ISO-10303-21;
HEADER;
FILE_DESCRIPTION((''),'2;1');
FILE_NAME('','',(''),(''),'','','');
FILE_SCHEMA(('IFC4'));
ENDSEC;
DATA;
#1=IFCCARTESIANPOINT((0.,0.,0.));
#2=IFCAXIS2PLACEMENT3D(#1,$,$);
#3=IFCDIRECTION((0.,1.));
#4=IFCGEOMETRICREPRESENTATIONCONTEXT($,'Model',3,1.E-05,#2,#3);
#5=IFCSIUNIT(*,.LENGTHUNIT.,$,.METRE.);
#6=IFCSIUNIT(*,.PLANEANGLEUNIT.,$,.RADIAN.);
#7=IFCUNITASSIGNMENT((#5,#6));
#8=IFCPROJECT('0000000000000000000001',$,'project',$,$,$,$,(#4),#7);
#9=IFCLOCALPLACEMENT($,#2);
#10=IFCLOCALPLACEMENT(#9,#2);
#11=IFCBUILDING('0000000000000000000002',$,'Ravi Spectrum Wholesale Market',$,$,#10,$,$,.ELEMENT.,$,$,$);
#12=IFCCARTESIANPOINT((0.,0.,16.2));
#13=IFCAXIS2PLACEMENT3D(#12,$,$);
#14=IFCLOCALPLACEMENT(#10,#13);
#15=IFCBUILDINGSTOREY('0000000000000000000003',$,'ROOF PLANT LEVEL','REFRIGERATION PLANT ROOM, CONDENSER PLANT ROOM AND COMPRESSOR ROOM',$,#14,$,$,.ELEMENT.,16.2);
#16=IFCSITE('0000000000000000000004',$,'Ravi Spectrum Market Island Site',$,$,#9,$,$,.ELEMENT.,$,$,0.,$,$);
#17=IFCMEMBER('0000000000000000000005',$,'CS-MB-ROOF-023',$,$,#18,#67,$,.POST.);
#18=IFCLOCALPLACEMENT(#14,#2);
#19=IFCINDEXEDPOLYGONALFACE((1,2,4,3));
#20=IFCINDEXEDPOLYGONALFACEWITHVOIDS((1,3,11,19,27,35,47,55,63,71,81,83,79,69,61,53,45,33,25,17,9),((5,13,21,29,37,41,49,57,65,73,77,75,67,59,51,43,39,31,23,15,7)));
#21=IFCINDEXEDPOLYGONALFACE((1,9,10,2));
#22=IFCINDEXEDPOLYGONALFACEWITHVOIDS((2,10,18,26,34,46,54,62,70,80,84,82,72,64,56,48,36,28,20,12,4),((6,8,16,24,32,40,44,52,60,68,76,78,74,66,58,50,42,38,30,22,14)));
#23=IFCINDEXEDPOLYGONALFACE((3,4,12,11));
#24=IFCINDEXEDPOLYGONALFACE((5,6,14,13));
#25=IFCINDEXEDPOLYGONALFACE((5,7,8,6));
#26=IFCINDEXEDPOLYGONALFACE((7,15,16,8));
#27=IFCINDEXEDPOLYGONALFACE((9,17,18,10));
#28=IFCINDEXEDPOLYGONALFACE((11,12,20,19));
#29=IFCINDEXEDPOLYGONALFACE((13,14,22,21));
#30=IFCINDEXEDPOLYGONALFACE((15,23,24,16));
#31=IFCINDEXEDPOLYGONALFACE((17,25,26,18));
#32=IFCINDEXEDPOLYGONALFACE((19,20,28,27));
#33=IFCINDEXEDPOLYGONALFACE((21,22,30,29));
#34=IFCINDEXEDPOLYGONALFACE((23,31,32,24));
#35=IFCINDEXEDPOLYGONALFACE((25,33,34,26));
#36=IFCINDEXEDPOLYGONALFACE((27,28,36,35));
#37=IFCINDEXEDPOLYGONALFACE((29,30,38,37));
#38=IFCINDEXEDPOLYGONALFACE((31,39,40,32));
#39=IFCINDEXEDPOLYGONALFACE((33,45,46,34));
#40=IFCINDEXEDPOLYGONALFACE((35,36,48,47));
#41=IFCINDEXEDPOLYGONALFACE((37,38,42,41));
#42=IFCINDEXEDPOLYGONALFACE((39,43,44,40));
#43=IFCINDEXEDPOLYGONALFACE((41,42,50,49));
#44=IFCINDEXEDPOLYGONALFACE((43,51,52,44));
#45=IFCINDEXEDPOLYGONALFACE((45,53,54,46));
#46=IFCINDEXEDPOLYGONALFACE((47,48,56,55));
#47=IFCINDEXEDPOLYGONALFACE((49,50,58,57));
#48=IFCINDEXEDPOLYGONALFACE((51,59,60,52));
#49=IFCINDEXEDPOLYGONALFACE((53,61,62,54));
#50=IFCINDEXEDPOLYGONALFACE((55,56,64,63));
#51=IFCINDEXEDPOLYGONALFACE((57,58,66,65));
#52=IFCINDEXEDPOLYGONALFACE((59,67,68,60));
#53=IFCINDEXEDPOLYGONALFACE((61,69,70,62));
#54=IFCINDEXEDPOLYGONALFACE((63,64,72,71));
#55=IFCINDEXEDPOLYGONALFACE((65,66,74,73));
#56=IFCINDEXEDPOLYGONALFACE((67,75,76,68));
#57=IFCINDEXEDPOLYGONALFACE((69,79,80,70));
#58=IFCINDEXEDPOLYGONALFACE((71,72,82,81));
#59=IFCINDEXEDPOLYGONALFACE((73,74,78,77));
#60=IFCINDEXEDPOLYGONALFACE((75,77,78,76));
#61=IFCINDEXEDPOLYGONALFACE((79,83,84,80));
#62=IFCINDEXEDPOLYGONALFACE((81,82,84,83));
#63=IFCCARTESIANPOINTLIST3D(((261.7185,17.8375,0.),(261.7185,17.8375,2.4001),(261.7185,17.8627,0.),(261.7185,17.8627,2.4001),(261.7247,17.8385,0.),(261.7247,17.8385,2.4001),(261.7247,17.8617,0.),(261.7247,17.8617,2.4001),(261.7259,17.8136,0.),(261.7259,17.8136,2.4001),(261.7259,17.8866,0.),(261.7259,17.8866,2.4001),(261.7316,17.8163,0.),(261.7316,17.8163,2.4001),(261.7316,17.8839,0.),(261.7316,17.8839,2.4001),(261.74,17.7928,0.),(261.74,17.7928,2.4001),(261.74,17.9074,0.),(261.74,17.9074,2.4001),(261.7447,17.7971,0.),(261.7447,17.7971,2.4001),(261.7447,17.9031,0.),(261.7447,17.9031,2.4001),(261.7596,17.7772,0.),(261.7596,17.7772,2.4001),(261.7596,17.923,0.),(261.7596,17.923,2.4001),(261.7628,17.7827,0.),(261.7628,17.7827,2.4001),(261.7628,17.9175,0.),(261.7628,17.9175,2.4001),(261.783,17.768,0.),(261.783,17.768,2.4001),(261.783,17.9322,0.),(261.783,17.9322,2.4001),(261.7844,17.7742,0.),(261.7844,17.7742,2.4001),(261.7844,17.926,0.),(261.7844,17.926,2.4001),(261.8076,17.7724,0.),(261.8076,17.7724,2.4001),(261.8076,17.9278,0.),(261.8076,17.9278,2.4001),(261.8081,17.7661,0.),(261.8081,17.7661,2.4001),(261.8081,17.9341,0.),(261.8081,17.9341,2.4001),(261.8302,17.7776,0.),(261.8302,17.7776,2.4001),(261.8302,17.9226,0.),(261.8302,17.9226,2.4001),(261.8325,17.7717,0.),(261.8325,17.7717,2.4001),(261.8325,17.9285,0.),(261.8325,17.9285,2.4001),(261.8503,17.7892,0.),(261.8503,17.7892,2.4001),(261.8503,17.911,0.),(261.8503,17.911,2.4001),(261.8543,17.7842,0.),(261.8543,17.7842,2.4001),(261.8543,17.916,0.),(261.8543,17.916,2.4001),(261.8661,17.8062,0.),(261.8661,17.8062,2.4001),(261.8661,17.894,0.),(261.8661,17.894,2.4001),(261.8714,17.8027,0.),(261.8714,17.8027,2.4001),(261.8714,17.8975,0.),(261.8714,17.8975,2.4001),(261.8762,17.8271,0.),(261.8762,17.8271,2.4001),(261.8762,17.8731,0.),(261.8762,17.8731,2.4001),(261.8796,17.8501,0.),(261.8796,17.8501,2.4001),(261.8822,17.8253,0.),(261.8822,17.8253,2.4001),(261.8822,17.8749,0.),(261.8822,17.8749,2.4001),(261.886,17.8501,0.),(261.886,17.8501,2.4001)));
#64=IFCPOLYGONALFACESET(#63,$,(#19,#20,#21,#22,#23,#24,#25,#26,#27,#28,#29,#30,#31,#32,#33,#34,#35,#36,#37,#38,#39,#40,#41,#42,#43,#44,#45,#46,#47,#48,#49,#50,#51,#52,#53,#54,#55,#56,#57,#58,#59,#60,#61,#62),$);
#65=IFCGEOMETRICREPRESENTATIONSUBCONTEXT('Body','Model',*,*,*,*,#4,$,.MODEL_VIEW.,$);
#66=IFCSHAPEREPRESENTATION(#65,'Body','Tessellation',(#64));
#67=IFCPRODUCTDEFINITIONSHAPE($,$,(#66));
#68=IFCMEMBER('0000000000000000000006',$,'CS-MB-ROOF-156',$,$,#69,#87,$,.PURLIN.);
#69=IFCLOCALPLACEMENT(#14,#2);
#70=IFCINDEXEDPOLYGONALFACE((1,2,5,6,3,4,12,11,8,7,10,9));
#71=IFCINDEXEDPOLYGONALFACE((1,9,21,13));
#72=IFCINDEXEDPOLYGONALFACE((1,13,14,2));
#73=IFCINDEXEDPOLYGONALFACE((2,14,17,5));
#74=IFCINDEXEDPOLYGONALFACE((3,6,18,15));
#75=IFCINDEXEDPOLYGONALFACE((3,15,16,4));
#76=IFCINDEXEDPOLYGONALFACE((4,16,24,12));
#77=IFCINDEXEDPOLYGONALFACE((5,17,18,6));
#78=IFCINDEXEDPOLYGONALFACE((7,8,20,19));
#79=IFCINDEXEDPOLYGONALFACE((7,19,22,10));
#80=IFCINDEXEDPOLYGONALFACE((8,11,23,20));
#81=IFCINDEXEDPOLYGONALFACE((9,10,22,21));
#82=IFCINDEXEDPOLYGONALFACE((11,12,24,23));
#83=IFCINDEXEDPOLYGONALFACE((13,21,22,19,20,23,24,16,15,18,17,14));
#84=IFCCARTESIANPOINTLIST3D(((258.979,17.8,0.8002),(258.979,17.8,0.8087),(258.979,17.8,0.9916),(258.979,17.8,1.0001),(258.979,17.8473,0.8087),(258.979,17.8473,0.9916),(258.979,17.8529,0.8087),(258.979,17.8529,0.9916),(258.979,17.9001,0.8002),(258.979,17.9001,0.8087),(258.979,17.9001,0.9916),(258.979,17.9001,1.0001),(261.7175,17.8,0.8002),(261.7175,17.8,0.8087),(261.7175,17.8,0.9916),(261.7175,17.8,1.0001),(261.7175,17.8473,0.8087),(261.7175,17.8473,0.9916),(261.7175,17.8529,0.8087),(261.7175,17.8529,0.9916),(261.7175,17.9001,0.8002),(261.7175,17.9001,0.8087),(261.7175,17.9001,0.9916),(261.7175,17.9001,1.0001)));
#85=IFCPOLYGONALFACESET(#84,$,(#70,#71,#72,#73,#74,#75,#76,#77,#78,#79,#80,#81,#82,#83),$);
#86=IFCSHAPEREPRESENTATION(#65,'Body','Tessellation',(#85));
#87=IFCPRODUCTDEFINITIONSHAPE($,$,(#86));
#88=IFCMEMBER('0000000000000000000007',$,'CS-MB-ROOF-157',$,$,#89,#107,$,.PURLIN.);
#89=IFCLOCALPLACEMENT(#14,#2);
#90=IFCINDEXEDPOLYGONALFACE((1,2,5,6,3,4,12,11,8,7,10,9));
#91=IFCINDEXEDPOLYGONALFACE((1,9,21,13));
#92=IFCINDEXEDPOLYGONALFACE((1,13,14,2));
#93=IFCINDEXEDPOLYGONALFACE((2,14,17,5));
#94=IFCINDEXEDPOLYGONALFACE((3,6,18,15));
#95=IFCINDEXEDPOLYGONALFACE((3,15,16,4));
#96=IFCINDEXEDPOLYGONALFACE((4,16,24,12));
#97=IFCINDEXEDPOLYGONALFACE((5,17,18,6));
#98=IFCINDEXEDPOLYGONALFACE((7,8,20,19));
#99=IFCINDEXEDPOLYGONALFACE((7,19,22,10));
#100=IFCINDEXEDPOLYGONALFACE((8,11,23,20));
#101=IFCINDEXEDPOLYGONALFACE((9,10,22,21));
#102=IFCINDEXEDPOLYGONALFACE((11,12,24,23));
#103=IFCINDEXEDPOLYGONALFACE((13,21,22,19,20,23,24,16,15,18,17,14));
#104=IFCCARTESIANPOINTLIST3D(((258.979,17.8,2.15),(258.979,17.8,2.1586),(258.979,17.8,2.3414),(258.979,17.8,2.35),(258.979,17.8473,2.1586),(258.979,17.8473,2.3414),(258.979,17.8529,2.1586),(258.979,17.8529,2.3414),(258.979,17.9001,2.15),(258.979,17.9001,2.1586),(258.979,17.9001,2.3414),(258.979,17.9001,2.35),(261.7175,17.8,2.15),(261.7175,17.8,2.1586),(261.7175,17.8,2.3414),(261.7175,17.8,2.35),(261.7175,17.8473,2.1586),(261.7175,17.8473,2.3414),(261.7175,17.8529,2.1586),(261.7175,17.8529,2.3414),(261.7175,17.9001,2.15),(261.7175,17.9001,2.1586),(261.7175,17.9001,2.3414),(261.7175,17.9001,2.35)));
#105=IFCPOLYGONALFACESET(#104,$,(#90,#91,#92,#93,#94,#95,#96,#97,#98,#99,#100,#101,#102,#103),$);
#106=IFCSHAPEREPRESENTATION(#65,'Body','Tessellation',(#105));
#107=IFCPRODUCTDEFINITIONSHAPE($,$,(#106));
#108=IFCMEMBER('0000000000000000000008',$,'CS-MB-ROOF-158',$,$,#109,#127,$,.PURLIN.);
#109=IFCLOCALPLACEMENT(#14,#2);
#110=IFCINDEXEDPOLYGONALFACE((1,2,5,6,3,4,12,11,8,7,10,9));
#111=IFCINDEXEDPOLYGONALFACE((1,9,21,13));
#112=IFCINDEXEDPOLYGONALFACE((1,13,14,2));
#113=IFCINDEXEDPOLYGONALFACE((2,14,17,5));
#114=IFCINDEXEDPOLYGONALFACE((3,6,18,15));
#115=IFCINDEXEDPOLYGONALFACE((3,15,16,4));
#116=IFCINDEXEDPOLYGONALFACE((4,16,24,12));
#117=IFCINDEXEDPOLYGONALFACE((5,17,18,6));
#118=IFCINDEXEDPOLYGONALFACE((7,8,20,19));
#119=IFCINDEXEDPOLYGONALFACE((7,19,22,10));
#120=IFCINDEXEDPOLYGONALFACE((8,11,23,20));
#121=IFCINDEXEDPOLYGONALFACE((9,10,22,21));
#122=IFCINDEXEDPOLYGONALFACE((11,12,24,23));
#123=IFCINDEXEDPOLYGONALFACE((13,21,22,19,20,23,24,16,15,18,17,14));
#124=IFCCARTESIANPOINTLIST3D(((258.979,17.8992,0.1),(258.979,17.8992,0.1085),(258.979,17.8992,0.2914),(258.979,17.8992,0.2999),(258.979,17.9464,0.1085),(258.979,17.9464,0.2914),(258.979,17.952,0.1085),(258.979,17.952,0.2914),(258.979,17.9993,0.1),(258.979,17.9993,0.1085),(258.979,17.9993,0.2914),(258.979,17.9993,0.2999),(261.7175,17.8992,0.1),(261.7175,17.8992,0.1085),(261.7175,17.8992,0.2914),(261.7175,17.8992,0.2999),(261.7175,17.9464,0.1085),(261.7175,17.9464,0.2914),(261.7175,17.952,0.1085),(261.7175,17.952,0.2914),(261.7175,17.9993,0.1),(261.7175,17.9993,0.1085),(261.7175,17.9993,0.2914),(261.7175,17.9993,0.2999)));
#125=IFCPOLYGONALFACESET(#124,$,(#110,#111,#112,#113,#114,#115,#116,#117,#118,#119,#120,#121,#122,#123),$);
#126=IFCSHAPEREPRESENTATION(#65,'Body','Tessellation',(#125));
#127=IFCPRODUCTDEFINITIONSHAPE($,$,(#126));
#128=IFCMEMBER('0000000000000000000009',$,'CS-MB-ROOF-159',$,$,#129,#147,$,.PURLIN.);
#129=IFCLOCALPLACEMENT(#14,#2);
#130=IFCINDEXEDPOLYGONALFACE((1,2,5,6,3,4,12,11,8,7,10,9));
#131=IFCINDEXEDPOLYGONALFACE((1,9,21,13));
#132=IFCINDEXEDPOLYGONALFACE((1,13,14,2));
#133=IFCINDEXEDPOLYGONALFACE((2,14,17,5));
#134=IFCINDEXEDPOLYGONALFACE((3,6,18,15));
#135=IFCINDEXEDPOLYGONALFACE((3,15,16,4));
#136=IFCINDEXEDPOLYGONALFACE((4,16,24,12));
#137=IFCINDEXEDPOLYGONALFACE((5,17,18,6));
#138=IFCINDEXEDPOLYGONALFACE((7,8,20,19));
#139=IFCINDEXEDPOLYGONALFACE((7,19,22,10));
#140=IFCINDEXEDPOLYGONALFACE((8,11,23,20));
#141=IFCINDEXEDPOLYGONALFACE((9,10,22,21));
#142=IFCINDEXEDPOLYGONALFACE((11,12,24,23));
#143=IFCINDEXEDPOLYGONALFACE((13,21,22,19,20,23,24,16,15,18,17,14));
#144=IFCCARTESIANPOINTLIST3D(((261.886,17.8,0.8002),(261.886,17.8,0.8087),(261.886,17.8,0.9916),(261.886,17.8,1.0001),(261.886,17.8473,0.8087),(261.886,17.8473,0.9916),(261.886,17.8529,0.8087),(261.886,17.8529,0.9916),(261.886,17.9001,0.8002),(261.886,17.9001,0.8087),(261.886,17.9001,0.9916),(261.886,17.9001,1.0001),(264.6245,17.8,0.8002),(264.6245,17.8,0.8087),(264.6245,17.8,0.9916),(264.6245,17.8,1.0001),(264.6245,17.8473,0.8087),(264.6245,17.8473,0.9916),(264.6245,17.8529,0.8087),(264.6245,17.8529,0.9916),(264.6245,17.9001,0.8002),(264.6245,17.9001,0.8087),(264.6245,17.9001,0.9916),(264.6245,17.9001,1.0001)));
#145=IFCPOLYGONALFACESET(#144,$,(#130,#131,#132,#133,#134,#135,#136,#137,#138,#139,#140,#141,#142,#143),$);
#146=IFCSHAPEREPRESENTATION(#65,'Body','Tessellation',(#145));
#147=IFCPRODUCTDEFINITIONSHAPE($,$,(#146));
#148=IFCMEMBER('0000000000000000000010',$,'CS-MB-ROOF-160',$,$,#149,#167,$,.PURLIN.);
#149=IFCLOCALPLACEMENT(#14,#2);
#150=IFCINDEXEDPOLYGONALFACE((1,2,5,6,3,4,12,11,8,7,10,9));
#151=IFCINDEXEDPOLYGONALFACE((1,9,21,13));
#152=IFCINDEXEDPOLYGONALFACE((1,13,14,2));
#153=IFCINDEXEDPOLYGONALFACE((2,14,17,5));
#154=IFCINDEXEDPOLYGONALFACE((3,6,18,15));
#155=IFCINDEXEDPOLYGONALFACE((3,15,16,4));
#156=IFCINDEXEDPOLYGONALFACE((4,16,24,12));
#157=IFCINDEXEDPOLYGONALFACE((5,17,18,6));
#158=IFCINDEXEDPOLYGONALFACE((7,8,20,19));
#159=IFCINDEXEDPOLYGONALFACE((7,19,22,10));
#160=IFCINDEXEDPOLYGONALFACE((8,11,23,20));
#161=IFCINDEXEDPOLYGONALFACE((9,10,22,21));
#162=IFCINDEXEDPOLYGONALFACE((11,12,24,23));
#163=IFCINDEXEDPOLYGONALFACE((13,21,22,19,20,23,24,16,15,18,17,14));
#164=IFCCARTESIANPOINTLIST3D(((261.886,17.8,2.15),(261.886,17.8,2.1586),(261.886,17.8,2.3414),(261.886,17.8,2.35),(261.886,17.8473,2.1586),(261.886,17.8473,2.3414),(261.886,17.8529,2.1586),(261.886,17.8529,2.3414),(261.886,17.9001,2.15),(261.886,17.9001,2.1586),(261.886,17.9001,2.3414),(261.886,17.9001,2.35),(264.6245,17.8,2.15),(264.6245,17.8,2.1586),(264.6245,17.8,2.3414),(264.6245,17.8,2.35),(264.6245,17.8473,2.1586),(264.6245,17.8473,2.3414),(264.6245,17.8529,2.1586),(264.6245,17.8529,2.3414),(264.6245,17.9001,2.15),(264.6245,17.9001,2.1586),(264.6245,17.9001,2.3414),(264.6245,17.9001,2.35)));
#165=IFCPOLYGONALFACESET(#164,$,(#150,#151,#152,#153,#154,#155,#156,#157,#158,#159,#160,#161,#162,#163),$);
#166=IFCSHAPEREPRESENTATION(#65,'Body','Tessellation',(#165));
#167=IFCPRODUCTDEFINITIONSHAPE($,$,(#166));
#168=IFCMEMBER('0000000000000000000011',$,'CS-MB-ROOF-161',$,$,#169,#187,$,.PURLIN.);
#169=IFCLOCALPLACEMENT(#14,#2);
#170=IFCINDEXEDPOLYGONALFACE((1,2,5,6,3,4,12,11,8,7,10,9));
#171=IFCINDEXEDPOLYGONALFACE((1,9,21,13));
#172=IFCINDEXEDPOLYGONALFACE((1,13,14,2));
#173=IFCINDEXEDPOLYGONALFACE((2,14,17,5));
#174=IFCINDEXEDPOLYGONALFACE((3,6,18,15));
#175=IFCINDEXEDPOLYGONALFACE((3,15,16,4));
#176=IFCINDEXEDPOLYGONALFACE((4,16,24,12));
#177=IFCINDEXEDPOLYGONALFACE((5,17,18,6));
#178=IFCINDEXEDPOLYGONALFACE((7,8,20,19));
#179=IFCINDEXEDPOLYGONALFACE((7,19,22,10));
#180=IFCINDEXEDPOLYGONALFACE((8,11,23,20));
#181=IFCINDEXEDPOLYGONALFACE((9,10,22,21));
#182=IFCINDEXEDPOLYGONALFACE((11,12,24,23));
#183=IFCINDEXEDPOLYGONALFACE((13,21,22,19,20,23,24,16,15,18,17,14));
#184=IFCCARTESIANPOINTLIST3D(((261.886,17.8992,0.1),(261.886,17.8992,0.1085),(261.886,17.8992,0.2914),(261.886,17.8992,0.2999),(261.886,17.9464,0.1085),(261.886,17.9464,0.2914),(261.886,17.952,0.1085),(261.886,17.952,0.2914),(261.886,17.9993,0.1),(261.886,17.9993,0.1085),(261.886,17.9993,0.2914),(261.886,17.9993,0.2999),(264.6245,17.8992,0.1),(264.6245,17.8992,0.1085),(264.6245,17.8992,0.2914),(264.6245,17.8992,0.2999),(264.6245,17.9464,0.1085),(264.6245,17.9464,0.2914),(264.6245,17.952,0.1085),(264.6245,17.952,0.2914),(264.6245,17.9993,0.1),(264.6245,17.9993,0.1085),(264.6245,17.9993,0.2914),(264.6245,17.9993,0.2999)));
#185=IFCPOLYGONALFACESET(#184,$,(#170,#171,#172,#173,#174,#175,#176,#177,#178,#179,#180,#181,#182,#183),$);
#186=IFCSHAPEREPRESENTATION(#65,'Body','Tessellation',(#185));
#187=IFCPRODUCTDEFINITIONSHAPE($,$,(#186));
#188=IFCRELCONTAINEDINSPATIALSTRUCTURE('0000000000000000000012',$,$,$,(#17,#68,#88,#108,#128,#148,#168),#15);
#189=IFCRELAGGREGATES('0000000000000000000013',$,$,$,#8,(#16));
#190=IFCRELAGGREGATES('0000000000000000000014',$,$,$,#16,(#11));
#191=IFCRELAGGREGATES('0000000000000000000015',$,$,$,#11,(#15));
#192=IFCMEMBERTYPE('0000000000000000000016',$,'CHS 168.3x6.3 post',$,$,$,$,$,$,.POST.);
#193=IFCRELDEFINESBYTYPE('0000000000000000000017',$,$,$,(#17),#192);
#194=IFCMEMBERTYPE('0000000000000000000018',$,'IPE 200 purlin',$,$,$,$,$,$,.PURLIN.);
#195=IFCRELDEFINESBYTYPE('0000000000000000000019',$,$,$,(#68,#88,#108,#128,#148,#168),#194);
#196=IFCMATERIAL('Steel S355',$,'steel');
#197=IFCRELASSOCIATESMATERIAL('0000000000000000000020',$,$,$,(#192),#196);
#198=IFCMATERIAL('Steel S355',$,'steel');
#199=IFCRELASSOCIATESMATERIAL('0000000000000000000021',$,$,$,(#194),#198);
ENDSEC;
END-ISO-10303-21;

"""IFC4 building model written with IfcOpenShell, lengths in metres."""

from ifc_helpers import new_model, si_unit, direction, frame, origin, origin_2d, place, context, subcontext, project, spatial, hollow_circle, i_section, extrude, material, material_profile, profile_set, type_object, element, save


model = new_model("IFC4")

# Units and contexts
model_context = context("Model", 3, precision=1e-05, world=origin(), true_north=direction((0.0, 1.0)))
body_context = subcontext(model_context, "Body", "Model", "MODEL_VIEW")
ifc_project = project(units=[si_unit("LENGTHUNIT", "METRE"), si_unit("PLANEANGLEUNIT", "RADIAN")], contexts=[model_context])

# Site, building, storey
site_placement = place(None, origin())
site = spatial("IfcSite", under=ifc_project, at=site_placement, Name="Ravi Spectrum Market Island Site", CompositionType="ELEMENT", RefElevation=0.0)
building_placement = place(site_placement, origin())
building = spatial("IfcBuilding", under=site, at=building_placement, Name="Ravi Spectrum Wholesale Market", CompositionType="ELEMENT")
storey_placement = place(building_placement, frame((0.0, 0.0, 16.2)))
storey = spatial("IfcBuildingStorey", under=building, at=storey_placement, Name="ROOF PLANT LEVEL", Description="REFRIGERATION PLANT ROOM, CONDENSER PLANT ROOM AND COMPRESSOR ROOM", CompositionType="ELEMENT", Elevation=16.2)

# Members
ifc_material_1 = material(Name="Steel S355", Category="steel")
ifc_material_profile_1 = material_profile(ifc_material_1, hollow_circle(Radius=0.0842, WallThickness=0.0063, at=origin_2d()))
ifc_profile_set_1 = profile_set([ifc_material_profile_1], Name="Steel S355")
member_type_1 = type_object("IfcMemberType", Name="CHS 168.3x6.3 post", PredefinedType="POST", material=ifc_profile_set_1)
member_placement = place(storey_placement, frame((261.8018, 17.8501, 0.0), z_axis=(0.0, 0.0, 1.0), x_axis=(1.0, 0.0, 0.0)))
element("IfcMember", 1, at=member_placement, inside=storey, type_object=member_type_1, Name="CS-MB-ROOF-023", PredefinedType="POST", context=body_context, shape_type="SweptSolid", body=[
    extrude(hollow_circle(Radius=0.0842, WallThickness=0.0063, at=origin_2d()), origin(), (0.0, 0.0, 1.0), 2.4001),
])
ifc_material_2 = material(Name="Steel S355", Category="steel")
ifc_material_profile_2 = material_profile(ifc_material_2, i_section(OverallWidth=0.1001, OverallDepth=0.2, WebThickness=0.0056, FlangeThickness=0.0085, at=origin_2d()))
ifc_profile_set_2 = profile_set([ifc_material_profile_2], Name="Steel S355")
member_type_2 = type_object("IfcMemberType", Name="IPE 200 purlin", PredefinedType="PURLIN", material=ifc_profile_set_2)
for number, where, z_axis, x_axis, name in (
    (2, (258.979, 17.8501, 0.9001), (1.0, 0.0, 0.0), (0.0, 1.0, 0.0), "CS-MB-ROOF-156"),
    (3, (258.979, 17.8501, 2.25), (1.0, 0.0, 0.0), (0.0, 1.0, 0.0), "CS-MB-ROOF-157"),
    (4, (258.979, 17.9492, 0.2), (1.0, 0.0, 0.0), (0.0, 1.0, 0.0), "CS-MB-ROOF-158"),
    (5, (261.886, 17.8501, 0.9001), (1.0, 0.0, 0.0), (0.0, 1.0, 0.0), "CS-MB-ROOF-159"),
    (6, (261.886, 17.8501, 2.25), (1.0, 0.0, 0.0), (0.0, 1.0, 0.0), "CS-MB-ROOF-160"),
    (7, (261.886, 17.9492, 0.2), (1.0, 0.0, 0.0), (0.0, 1.0, 0.0), "CS-MB-ROOF-161"),
):
    element("IfcMember", number, at=place(storey_placement, frame(where, z_axis=z_axis, x_axis=x_axis)), inside=storey, type_object=member_type_2, Name=name, PredefinedType="PURLIN", context=body_context, shape_type="SweptSolid", body=[
        extrude(i_section(OverallWidth=0.1001, OverallDepth=0.2, WebThickness=0.0056, FlangeThickness=0.0085, at=origin_2d()), origin(), (0.0, 0.0, 1.0), 2.7385),
    ])

save(model, "model.ifc")
